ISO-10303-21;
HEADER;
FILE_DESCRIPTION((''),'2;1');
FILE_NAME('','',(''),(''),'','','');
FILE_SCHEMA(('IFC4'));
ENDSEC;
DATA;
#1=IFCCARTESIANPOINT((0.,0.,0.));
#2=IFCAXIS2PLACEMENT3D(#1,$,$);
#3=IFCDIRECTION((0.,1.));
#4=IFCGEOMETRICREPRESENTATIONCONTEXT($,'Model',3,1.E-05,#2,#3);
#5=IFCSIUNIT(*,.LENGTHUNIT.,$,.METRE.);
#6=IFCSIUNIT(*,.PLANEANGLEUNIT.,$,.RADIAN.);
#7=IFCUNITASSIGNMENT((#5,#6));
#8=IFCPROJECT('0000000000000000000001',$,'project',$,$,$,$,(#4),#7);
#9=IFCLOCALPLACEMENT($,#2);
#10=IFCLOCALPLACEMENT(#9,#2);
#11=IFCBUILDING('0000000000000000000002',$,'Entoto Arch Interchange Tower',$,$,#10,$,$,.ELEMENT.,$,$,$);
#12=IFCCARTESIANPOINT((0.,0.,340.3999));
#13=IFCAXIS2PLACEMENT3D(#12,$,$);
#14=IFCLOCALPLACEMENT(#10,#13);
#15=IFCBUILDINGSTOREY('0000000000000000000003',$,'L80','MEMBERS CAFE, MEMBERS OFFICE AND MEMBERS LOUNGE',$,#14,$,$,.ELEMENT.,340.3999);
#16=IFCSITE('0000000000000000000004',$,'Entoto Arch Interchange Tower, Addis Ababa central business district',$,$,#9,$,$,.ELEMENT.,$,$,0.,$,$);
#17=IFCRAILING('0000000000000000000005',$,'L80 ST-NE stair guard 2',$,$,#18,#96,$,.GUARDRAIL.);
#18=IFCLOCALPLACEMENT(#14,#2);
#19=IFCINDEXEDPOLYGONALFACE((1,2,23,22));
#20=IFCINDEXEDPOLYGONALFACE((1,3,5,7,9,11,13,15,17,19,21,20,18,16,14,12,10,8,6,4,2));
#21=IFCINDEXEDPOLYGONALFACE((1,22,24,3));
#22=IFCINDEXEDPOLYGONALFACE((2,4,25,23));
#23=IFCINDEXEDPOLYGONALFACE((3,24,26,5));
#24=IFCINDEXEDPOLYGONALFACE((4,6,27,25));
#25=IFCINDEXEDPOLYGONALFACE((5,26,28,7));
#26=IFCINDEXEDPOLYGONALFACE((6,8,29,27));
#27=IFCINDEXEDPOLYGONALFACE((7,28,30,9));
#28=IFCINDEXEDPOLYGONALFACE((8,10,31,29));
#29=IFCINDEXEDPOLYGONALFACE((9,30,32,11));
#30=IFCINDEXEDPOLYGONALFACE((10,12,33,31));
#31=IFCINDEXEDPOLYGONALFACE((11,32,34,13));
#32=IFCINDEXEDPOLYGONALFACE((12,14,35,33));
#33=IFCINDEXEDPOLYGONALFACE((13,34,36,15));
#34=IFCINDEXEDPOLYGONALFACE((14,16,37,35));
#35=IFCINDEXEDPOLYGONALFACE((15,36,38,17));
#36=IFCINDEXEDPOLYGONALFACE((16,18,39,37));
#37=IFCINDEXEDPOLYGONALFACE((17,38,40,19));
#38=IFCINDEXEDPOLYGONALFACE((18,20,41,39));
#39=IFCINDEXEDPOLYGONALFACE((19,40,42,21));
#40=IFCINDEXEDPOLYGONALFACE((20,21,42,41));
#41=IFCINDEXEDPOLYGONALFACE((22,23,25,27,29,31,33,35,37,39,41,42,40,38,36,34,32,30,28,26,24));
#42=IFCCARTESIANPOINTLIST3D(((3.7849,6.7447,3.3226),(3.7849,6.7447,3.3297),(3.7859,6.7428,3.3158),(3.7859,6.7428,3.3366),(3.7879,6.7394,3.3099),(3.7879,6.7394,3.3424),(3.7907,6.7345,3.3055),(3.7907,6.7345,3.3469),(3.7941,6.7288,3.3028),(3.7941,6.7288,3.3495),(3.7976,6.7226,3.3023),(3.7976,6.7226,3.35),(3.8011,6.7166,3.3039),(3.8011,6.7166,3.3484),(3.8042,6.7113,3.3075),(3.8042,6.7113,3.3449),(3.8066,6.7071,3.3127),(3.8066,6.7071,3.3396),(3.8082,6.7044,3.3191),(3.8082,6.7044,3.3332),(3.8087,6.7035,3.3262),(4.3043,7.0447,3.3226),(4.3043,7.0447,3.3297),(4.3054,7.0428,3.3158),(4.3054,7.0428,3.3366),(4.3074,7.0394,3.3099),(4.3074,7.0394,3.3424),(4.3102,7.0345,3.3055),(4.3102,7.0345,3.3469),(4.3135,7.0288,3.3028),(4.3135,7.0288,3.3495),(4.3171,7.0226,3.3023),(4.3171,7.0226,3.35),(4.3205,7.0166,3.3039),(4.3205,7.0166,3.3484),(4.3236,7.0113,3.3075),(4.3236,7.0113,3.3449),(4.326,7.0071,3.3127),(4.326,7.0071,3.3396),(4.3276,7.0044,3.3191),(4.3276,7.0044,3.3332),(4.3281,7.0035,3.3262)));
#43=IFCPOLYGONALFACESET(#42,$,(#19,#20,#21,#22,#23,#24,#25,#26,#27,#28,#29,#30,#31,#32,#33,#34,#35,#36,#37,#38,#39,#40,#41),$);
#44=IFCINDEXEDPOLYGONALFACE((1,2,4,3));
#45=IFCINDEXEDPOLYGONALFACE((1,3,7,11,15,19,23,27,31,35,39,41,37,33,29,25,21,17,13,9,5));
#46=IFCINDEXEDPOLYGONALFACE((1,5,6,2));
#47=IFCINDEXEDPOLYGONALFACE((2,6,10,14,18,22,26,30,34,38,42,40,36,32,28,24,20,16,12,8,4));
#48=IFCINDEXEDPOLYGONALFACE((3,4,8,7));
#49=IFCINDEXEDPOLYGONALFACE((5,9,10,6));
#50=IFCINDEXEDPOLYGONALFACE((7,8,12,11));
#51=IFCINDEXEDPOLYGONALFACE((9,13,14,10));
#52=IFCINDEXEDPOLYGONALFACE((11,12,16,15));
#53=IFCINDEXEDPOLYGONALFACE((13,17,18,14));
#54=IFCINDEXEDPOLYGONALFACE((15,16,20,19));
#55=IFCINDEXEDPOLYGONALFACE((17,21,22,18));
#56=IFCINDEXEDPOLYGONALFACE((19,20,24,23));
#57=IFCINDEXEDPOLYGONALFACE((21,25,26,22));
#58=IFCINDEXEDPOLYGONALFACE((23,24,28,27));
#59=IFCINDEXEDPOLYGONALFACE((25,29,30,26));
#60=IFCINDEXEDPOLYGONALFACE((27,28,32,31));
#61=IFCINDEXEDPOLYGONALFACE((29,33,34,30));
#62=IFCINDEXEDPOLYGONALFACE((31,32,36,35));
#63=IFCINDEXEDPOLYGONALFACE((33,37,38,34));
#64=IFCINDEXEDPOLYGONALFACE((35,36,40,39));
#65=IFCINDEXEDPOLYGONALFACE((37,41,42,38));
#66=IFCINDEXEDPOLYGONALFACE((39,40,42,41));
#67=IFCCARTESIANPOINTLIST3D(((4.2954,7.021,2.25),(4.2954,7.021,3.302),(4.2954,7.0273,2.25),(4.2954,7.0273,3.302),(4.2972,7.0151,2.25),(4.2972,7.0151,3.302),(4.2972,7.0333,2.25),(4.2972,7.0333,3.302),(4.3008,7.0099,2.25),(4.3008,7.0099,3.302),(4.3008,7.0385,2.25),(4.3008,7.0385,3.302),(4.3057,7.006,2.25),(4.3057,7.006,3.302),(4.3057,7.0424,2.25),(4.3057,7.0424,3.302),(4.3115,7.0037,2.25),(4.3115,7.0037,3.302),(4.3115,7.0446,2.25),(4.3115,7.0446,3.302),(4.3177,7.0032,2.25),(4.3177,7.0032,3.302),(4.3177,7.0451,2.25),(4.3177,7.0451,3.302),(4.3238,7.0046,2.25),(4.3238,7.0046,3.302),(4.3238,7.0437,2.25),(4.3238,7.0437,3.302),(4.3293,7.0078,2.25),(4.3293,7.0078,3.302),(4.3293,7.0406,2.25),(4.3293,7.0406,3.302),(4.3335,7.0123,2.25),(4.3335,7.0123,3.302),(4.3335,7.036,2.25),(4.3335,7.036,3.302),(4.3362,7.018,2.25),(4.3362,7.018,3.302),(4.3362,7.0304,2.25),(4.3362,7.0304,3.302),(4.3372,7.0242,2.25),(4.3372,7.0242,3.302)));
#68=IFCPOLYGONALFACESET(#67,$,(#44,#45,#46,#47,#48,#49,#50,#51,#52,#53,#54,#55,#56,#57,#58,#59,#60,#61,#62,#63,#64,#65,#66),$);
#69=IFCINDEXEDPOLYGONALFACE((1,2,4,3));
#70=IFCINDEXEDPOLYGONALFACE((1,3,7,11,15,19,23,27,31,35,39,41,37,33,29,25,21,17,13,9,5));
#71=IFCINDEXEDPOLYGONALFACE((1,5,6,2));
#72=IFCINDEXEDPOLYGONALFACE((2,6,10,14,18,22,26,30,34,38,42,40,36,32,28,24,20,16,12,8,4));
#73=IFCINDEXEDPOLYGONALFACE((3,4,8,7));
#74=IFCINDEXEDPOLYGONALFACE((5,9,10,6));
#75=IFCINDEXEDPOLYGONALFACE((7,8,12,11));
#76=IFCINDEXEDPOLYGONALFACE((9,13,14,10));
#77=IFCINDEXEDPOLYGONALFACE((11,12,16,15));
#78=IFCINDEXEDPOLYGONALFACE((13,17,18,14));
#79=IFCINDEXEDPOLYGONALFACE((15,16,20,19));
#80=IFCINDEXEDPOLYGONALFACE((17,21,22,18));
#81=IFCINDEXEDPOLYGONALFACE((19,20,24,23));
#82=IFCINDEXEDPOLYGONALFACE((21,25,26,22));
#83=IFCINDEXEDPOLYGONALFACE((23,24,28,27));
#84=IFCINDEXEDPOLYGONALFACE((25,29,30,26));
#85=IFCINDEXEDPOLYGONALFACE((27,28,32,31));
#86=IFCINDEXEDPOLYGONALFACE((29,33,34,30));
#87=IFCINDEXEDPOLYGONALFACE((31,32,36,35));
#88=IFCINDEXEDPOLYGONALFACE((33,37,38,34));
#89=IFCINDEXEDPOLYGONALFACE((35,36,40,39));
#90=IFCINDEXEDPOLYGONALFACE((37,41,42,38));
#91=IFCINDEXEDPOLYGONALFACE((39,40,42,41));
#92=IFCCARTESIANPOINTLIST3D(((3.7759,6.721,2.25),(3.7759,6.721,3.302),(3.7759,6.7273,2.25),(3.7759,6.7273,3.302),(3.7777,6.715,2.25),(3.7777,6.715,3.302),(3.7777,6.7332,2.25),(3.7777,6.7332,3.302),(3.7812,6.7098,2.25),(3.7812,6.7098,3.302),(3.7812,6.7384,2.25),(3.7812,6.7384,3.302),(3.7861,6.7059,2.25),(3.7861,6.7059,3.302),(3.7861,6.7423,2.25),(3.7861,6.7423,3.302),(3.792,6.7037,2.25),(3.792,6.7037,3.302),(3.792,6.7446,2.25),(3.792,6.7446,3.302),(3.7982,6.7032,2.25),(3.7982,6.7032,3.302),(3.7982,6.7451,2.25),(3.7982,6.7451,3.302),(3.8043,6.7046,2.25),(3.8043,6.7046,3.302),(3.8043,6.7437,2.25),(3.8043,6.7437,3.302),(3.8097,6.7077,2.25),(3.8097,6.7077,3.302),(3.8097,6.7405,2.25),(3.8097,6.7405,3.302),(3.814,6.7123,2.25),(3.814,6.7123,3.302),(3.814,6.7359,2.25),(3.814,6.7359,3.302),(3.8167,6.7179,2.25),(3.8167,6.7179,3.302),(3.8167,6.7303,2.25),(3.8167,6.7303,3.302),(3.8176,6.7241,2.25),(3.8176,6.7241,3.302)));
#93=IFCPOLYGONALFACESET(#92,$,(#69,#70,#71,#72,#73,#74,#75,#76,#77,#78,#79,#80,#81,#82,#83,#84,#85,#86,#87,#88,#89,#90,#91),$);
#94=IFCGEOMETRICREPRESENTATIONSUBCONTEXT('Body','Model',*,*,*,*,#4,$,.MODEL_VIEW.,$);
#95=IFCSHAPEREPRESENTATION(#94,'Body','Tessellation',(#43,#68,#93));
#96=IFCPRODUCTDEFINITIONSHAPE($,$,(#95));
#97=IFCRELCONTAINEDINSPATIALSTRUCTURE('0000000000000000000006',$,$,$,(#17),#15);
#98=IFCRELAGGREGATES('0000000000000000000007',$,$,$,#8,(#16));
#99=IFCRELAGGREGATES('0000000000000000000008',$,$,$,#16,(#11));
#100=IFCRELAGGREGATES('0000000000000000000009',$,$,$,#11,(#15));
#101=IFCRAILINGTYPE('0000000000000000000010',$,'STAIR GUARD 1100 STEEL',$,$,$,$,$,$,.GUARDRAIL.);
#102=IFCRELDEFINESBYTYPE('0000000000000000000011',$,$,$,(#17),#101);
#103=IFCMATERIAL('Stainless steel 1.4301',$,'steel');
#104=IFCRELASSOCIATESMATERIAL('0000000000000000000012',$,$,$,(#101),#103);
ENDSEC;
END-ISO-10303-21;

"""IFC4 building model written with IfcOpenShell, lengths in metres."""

from ifc_helpers import new_model, si_unit, direction, frame, origin, origin_2d, place, context, subcontext, project, spatial, circle, extrude, material, type_object, element, save


model = new_model("IFC4")

# Units and contexts
model_context = context("Model", 3, precision=1e-05, world=origin(), true_north=direction((0.0, 1.0)))
body_context = subcontext(model_context, "Body", "Model", "MODEL_VIEW")
ifc_project = project(units=[si_unit("LENGTHUNIT", "METRE"), si_unit("PLANEANGLEUNIT", "RADIAN")], contexts=[model_context])

# Site, building, storey
site_placement = place(None, origin())
site = spatial("IfcSite", under=ifc_project, at=site_placement, Name="Entoto Arch Interchange Tower, Addis Ababa central business district", CompositionType="ELEMENT", RefElevation=0.0)
building_placement = place(site_placement, origin())
building = spatial("IfcBuilding", under=site, at=building_placement, Name="Entoto Arch Interchange Tower", CompositionType="ELEMENT")
storey_placement = place(building_placement, frame((0.0, 0.0, 340.3999)))
storey = spatial("IfcBuildingStorey", under=building, at=storey_placement, Name="L80", Description="MEMBERS CAFE, MEMBERS OFFICE AND MEMBERS LOUNGE", CompositionType="ELEMENT", Elevation=340.3999)

# Railing
ifc_material_1 = material(Name="Stainless steel 1.4301", Category="steel")
railing_type_1 = type_object("IfcRailingType", Name="STAIR GUARD 1100 STEEL", PredefinedType="GUARDRAIL", material=ifc_material_1)
railing_1_placement = place(storey_placement, frame((4.3162, 7.0242, 2.25)))
element("IfcRailing", 1, at=railing_1_placement, inside=storey, type_object=railing_type_1, Name="L80 ST-NE stair guard 2", PredefinedType="GUARDRAIL", context=body_context, shape_type="SweptSolid", body=[
    extrude(circle(Radius=0.0239, at=origin_2d()), frame((0.0, 0.0, 1.0762), z_axis=(-0.865955, -0.500122, 0.0), x_axis=(0.500122, -0.865955, 0.0)), (0.0, 0.0, 1.0), 0.5999),
    extrude(circle(Radius=0.021, at=origin_2d()), origin(), (0.0, 0.0, 1.0), 1.052),
    extrude(circle(Radius=0.021, at=origin_2d()), frame((-0.5195, -0.3, 0.0)), (0.0, 0.0, 1.0), 1.052),
])

save(model, "model.ifc")
